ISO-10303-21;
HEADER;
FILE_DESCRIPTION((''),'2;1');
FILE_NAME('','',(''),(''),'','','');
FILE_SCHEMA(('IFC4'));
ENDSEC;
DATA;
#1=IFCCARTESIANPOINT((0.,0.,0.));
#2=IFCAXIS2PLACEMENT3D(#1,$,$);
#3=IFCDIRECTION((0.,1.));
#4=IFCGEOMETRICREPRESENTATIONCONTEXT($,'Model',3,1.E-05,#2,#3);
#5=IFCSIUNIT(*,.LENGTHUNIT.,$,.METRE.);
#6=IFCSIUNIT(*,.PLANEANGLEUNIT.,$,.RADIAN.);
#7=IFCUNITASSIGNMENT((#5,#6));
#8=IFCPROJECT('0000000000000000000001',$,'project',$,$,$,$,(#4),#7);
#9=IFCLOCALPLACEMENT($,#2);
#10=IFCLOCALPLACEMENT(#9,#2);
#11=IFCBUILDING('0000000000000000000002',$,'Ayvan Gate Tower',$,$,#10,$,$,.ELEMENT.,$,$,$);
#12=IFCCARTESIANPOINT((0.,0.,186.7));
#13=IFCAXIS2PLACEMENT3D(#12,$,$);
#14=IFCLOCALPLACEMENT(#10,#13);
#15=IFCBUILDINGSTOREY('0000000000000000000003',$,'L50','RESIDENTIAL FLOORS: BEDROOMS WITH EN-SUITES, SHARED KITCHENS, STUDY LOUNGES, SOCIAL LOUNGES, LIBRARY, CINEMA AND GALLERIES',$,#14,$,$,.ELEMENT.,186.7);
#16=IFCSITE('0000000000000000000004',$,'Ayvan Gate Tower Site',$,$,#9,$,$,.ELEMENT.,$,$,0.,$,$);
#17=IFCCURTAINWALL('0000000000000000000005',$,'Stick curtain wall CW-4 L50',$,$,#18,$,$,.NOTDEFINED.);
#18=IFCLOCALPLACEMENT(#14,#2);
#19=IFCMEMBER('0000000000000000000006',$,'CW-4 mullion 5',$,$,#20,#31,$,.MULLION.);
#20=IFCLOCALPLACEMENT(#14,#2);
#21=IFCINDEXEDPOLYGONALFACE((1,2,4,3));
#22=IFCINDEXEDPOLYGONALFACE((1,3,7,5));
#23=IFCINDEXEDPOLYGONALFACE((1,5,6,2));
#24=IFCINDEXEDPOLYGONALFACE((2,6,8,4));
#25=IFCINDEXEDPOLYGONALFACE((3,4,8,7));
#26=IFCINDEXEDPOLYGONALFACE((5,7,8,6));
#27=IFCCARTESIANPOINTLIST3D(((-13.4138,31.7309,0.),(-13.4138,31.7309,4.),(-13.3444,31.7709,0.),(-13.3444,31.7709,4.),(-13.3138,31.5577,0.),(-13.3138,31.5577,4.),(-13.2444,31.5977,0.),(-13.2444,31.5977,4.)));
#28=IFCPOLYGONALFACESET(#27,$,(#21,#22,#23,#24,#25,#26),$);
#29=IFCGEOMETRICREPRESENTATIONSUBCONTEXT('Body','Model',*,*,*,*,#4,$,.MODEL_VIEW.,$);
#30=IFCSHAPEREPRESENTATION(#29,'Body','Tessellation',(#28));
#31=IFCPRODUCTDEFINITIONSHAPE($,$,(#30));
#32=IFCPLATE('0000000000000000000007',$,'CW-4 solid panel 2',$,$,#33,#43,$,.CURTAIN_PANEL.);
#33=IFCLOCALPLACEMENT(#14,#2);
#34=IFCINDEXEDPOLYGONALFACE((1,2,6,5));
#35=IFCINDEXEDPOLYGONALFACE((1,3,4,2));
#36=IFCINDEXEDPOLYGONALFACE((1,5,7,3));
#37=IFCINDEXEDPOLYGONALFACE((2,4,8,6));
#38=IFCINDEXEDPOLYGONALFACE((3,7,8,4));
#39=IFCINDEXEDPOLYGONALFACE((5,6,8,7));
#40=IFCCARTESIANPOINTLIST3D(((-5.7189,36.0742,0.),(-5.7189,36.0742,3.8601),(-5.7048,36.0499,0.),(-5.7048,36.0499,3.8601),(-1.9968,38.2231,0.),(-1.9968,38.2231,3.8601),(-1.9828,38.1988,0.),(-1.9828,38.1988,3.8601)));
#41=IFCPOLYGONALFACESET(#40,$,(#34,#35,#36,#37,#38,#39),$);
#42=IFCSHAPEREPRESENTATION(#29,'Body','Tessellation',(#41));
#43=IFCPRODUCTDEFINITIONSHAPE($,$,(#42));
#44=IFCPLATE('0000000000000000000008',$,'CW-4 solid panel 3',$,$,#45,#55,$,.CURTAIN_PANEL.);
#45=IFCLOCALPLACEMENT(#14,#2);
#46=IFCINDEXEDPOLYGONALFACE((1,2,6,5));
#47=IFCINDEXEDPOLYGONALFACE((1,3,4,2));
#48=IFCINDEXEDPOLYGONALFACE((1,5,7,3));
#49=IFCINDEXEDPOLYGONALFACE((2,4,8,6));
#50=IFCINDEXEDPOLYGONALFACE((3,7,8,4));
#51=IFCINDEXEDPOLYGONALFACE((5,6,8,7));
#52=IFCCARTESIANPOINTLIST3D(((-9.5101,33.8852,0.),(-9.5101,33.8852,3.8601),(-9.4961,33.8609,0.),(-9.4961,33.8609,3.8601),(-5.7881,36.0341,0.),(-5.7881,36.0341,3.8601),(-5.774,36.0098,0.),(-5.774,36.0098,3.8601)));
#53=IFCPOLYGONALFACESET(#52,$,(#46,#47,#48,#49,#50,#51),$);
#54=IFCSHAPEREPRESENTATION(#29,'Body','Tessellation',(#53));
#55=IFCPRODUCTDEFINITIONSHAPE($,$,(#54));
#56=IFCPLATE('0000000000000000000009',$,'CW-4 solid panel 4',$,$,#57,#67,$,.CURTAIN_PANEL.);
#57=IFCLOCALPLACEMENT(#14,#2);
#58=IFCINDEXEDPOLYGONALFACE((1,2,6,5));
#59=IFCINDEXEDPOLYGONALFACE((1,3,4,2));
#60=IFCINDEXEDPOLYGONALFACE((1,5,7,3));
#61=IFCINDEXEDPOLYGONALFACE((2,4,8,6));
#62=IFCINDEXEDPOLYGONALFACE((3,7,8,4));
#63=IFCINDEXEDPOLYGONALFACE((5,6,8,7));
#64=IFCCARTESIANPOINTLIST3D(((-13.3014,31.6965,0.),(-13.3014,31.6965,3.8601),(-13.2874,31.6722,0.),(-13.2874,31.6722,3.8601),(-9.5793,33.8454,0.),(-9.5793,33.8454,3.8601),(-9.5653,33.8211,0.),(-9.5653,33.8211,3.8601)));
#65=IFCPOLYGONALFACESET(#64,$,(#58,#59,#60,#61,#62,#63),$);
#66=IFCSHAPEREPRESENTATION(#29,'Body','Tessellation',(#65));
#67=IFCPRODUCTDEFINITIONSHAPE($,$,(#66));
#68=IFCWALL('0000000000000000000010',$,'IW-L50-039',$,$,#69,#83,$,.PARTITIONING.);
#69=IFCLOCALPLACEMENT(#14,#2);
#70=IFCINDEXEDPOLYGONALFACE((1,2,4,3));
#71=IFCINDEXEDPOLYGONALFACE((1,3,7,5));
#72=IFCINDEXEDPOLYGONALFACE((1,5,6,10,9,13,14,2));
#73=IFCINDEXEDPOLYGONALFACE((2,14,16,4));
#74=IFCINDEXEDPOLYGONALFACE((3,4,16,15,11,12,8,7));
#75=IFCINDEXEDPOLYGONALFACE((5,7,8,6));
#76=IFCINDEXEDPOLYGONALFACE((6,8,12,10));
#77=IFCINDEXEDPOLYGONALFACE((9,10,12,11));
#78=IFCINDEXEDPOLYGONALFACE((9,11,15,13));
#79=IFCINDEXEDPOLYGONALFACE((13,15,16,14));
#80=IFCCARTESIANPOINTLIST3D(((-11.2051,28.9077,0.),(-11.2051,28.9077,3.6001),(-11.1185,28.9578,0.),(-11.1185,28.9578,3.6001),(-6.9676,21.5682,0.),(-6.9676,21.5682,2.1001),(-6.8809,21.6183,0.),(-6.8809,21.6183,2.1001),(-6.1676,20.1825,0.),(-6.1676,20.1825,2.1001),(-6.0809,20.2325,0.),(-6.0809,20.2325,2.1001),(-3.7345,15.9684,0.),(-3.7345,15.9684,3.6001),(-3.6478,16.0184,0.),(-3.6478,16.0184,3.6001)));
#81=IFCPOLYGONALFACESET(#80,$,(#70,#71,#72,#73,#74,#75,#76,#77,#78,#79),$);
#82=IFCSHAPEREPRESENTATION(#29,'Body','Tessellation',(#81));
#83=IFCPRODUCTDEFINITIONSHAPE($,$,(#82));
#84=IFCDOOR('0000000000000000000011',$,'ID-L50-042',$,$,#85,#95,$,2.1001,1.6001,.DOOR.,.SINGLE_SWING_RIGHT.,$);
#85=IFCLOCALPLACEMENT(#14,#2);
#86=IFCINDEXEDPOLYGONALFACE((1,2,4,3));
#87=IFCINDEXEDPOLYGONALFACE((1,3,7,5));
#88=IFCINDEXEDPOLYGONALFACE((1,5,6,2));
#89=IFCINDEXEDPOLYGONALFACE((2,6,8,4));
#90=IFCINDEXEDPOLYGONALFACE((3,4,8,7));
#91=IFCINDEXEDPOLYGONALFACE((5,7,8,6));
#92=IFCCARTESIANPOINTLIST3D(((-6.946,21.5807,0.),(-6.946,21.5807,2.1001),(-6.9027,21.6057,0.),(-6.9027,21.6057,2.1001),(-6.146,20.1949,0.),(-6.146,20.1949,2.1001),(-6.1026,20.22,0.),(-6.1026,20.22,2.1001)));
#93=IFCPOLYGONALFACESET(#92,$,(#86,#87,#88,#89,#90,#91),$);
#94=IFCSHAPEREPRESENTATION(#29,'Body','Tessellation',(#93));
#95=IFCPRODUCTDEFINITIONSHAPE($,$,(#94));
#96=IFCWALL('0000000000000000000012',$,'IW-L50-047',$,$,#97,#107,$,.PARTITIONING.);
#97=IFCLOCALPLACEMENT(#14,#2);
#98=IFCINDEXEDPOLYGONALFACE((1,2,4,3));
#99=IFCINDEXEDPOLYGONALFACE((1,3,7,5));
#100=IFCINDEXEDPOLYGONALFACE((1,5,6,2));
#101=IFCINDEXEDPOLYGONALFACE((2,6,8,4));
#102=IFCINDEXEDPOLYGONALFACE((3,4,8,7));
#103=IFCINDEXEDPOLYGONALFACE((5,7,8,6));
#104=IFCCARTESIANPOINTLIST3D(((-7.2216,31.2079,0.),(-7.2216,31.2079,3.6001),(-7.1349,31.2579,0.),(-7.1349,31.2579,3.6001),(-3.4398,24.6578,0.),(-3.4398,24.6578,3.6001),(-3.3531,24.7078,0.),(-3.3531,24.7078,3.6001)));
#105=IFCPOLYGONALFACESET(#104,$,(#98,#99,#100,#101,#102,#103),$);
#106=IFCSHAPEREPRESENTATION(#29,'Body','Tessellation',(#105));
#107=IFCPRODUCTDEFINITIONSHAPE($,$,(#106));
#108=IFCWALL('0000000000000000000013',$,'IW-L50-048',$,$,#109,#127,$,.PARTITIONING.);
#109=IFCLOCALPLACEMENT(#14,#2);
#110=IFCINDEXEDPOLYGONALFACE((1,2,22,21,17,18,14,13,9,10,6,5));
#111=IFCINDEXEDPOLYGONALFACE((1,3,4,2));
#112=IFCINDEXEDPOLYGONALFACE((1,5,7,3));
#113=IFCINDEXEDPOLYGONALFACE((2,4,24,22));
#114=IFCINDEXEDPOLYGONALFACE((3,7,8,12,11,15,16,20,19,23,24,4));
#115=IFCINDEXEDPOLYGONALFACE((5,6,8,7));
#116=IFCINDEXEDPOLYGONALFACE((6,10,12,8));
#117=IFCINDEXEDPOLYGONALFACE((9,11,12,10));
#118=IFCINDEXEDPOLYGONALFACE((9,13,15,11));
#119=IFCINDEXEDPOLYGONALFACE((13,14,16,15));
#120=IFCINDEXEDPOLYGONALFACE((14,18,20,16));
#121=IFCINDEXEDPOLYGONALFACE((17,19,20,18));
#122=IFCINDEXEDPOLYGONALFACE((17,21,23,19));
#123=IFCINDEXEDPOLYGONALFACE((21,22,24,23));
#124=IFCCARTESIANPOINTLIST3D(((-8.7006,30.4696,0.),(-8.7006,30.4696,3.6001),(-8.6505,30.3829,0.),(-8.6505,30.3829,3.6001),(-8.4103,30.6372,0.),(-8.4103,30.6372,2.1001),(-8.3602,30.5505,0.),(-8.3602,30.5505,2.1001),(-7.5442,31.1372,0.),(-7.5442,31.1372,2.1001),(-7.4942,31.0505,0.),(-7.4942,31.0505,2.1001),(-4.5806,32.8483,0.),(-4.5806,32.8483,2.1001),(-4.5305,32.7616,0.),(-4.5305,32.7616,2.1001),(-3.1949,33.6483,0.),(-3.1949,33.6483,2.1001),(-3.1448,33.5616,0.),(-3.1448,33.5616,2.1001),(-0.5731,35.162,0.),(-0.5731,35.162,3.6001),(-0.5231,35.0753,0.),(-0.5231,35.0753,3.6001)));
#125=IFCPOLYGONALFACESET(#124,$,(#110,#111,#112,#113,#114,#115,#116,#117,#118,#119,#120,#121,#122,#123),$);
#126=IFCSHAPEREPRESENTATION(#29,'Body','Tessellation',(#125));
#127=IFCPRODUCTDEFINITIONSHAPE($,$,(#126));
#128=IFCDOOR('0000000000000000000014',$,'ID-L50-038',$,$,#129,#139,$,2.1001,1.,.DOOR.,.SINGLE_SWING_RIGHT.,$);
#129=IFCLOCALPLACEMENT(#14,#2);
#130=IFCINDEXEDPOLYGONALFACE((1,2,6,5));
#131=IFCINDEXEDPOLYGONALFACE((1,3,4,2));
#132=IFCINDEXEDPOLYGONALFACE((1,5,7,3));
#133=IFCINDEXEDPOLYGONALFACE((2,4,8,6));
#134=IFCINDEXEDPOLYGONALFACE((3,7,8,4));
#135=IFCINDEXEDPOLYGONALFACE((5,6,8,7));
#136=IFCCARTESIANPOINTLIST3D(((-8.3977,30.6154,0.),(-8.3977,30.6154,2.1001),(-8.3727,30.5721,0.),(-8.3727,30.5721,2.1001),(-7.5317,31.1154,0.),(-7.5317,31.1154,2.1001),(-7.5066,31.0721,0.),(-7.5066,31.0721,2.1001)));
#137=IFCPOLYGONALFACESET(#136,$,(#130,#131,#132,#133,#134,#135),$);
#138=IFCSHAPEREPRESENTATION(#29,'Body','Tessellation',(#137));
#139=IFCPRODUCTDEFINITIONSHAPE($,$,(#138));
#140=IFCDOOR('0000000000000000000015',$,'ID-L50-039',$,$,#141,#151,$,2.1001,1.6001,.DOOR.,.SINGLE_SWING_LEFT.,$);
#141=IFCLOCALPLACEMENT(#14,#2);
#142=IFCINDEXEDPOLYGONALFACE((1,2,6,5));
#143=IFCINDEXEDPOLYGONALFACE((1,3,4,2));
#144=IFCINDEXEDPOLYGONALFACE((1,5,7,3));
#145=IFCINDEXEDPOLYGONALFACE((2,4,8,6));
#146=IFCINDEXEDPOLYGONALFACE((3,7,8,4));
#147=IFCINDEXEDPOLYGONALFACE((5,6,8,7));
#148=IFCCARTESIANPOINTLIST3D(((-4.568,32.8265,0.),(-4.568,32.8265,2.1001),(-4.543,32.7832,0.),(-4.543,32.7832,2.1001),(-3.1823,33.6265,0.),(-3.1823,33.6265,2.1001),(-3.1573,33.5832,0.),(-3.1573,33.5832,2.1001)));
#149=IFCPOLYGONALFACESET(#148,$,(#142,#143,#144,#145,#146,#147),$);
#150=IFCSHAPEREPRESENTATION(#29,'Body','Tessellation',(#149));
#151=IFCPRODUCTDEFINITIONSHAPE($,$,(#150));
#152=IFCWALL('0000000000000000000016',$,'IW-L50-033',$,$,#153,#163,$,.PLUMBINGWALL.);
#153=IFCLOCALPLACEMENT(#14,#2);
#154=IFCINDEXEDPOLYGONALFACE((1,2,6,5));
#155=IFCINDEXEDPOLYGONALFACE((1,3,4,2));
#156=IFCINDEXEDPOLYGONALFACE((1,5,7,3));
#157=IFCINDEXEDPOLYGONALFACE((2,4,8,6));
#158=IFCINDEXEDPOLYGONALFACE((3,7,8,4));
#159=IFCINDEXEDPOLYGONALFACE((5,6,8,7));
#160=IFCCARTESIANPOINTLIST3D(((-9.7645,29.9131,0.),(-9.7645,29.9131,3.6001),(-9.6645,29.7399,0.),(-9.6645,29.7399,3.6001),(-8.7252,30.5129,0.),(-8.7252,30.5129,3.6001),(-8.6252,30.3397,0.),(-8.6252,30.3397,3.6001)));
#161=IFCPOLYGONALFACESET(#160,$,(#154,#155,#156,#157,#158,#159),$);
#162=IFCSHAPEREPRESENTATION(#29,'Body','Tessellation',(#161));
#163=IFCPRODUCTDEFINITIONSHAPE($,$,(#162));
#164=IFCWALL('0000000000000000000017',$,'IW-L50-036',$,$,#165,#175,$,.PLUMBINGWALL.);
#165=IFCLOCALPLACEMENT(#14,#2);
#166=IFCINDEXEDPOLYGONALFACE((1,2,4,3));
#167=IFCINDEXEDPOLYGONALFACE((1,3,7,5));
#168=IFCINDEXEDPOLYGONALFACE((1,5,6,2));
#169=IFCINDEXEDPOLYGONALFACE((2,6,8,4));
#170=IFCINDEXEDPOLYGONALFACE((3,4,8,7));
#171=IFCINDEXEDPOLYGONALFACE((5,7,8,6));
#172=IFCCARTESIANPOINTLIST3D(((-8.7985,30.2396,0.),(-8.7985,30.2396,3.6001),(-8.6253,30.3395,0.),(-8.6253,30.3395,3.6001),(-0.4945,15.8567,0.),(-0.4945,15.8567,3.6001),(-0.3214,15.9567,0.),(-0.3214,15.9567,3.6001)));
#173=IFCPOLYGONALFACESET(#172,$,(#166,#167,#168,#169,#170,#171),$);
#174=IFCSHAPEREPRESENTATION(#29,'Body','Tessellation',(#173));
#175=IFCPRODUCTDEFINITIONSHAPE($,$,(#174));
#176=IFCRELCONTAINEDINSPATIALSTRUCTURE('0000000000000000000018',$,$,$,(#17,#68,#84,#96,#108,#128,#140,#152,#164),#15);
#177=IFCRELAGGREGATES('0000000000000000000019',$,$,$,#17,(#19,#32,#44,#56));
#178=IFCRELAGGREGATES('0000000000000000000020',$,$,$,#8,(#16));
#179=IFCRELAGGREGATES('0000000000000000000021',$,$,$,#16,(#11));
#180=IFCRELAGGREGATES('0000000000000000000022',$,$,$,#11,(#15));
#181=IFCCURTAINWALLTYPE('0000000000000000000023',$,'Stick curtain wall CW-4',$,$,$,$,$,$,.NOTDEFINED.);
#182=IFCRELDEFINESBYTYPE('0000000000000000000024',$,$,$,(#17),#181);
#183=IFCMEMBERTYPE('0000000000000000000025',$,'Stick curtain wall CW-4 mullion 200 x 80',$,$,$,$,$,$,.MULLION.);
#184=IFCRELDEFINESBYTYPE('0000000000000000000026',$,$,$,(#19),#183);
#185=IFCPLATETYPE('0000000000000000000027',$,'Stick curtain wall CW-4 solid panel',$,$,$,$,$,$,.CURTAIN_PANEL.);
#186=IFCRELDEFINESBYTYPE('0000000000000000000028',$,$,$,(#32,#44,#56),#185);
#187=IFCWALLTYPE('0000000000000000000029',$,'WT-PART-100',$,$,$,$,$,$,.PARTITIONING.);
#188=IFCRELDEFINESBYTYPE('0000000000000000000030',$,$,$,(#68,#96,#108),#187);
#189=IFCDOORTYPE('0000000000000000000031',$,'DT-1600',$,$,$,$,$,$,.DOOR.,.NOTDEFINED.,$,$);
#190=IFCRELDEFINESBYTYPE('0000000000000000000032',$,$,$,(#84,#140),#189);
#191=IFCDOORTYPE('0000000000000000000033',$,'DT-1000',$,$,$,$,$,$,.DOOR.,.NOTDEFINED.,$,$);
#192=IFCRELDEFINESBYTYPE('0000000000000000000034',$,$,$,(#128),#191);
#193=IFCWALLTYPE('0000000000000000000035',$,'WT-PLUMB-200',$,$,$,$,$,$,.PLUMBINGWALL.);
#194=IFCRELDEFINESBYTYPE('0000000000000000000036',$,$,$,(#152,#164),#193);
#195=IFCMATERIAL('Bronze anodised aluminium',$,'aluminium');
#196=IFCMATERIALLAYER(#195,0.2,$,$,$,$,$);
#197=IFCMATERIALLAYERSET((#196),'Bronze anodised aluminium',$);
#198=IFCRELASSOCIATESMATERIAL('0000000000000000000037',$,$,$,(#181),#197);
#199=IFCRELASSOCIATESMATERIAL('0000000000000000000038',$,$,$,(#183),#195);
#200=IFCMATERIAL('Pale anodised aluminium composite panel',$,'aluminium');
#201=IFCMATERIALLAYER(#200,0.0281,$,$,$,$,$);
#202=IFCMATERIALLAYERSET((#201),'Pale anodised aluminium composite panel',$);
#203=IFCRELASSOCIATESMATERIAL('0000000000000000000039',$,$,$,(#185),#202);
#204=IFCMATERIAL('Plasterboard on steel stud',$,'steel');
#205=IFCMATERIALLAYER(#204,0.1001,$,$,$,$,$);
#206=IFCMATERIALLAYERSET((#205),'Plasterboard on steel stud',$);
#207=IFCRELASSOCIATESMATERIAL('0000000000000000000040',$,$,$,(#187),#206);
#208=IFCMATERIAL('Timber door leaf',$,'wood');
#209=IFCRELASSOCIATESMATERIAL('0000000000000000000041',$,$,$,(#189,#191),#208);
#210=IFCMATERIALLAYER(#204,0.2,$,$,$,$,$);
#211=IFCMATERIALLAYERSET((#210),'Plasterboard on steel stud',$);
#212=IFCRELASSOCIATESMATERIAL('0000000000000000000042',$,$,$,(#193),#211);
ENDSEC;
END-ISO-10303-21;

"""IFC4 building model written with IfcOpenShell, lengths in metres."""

from ifc_helpers import new_model, si_unit, direction, frame, frame_2d, origin, origin_2d, place, context, subcontext, project, spatial, rectangle, extrude, material, layer, layer_set, material_profile, profile_set, type_object, element, fill, aggregate, save


model = new_model("IFC4")

# Units and contexts
model_context = context("Model", 3, precision=1e-05, world=origin(), true_north=direction((0.0, 1.0)))
body_context = subcontext(model_context, "Body", "Model", "MODEL_VIEW")
ifc_project = project(units=[si_unit("LENGTHUNIT", "METRE"), si_unit("PLANEANGLEUNIT", "RADIAN")], contexts=[model_context])

# Site, building, storey
site_placement = place(None, origin())
site = spatial("IfcSite", under=ifc_project, at=site_placement, Name="Ayvan Gate Tower Site", CompositionType="ELEMENT", RefElevation=0.0)
building_placement = place(site_placement, origin())
building = spatial("IfcBuilding", under=site, at=building_placement, Name="Ayvan Gate Tower", CompositionType="ELEMENT")
storey_placement = place(building_placement, frame((0.0, 0.0, 186.7)))
storey = spatial("IfcBuildingStorey", under=building, at=storey_placement, Name="L50", Description="RESIDENTIAL FLOORS: BEDROOMS WITH EN-SUITES, SHARED KITCHENS, STUDY LOUNGES, SOCIAL LOUNGES, LIBRARY, CINEMA AND GALLERIES", CompositionType="ELEMENT", Elevation=186.7)

# Curtain wall, member, plates
ifc_material_1 = material(Name="Bronze anodised aluminium", Category="aluminium")
ifc_layer_1 = layer(ifc_material_1, 0.2)
ifc_layer_set_1 = layer_set([ifc_layer_1], Name="Bronze anodised aluminium")
curtain_wall_type = type_object("IfcCurtainWallType", Name="Stick curtain wall CW-4", PredefinedType="NOTDEFINED", material=ifc_layer_set_1)
curtain_wall_placement = place(storey_placement, origin())
curtain_wall = element("IfcCurtainWall", 1, at=curtain_wall_placement, inside=storey, type_object=curtain_wall_type, Name="Stick curtain wall CW-4 L50", PredefinedType="NOTDEFINED")
ifc_material_profile_1 = material_profile(ifc_material_1, rectangle(XDim=0.2, YDim=0.0801, at=origin_2d()), Name="Stick curtain wall CW-4 mullion 200 x 80")
ifc_profile_set_1 = profile_set([ifc_material_profile_1], Name="Bronze anodised aluminium")
member_type_1 = type_object("IfcMemberType", Name="Stick curtain wall CW-4 mullion 200 x 80", PredefinedType="MULLION", material=ifc_profile_set_1)
member_1_placement = place(storey_placement, frame((-13.3291, 31.6643, 0.0), z_axis=(0.0, 0.0, 1.0), x_axis=(-0.5, 0.866025, 0.0)))
member_1 = element("IfcMember", 2, at=member_1_placement, type_object=member_type_1, Name="CW-4 mullion 5", PredefinedType="MULLION", context=body_context, shape_type="SweptSolid", body=[
    extrude(rectangle(XDim=0.2, YDim=0.0801, at=origin_2d()), origin(), (0.0, 0.0, 1.0), 4.0),
])
ifc_material_2 = material(Name="Pale anodised aluminium composite panel", Category="aluminium")
ifc_layer_2 = layer(ifc_material_2, 0.0281)
ifc_layer_set_2 = layer_set([ifc_layer_2], Name="Pale anodised aluminium composite panel")
plate_type = type_object("IfcPlateType", Name="Stick curtain wall CW-4 solid panel", PredefinedType="CURTAIN_PANEL", material=ifc_layer_set_2)
plate_1_placement = place(storey_placement, frame((-3.8508, 37.1365, 0.0), z_axis=(0.0, 0.0, 1.0), x_axis=(-0.866025, -0.5, 0.0)))
plate_1 = element("IfcPlate", 3, at=plate_1_placement, type_object=plate_type, Name="CW-4 solid panel 2", PredefinedType="CURTAIN_PANEL", context=body_context, shape_type="SweptSolid", body=[
    extrude(rectangle(XDim=4.2979, YDim=0.0281, at=origin_2d()), origin(), (0.0, 0.0, 1.0), 3.8601),
])
plate_2_placement = place(storey_placement, frame((-7.6421, 34.9475, 0.0), z_axis=(0.0, 0.0, 1.0), x_axis=(-0.866025, -0.5, 0.0)))
plate_2 = element("IfcPlate", 4, at=plate_2_placement, type_object=plate_type, Name="CW-4 solid panel 3", PredefinedType="CURTAIN_PANEL", context=body_context, shape_type="SweptSolid", body=[
    extrude(rectangle(XDim=4.2979, YDim=0.0281, at=origin_2d()), origin(), (0.0, 0.0, 1.0), 3.8601),
])
plate_3_placement = place(storey_placement, frame((-11.4333, 32.7588, 0.0), z_axis=(0.0, 0.0, 1.0), x_axis=(-0.866025, -0.5, 0.0)))
plate_3 = element("IfcPlate", 5, at=plate_3_placement, type_object=plate_type, Name="CW-4 solid panel 4", PredefinedType="CURTAIN_PANEL", context=body_context, shape_type="SweptSolid", body=[
    extrude(rectangle(XDim=4.2979, YDim=0.0281, at=origin_2d()), origin(), (0.0, 0.0, 1.0), 3.8601),
])
aggregate(curtain_wall, [member_1, plate_1, plate_2, plate_3])

# Wall, opening, door
ifc_material_3 = material(Name="Plasterboard on steel stud", Category="steel")
ifc_layer_3 = layer(ifc_material_3, 0.1001)
ifc_layer_set_3 = layer_set([ifc_layer_3], Name="Plasterboard on steel stud")
wall_type_1 = type_object("IfcWallType", Name="WT-PART-100", PredefinedType="PARTITIONING", material=ifc_layer_set_3)
wall_1_placement = place(storey_placement, frame((-11.1619, 28.9329, 0.0), z_axis=(0.0, 0.0, 1.0), x_axis=(0.500005, -0.866022, 0.0)))
wall_1 = element("IfcWall", 6, at=wall_1_placement, inside=storey, type_object=wall_type_1, Name="IW-L50-039", PredefinedType="PARTITIONING", context=body_context, shape_type="SweptSolid", body=[
    extrude(rectangle(XDim=14.9412, YDim=0.1001, at=frame_2d((7.4707, 0.0))), origin(), (0.0, 0.0, 1.0), 3.6001),
])
opening_1_placement = place(wall_1_placement, frame((8.4751, 0.0, 0.0)))
opening_1 = element("IfcOpeningElement", 7, at=opening_1_placement, cuts=wall_1, PredefinedType="OPENING", context=body_context, shape_type="SweptSolid", body=[
    extrude(rectangle(XDim=1.6001, YDim=2.1001, at=frame_2d((0.8, 1.05))), frame((0.0, 0.0601, 0.0), z_axis=(0.0, -1.0, 0.0), x_axis=(1.0, 0.0, 0.0)), (0.0, 0.0, 1.0), 0.1201),
])
ifc_material_4 = material(Name="Timber door leaf", Category="wood")
door_type_1 = type_object("IfcDoorType", Name="DT-1600", OperationType="NOTDEFINED", PredefinedType="DOOR", material=ifc_material_4)
door_1_placement = place(opening_1_placement, origin())
door_1 = element("IfcDoor", 8, at=door_1_placement, inside=storey, type_object=door_type_1, Name="ID-L50-042", OperationType="SINGLE_SWING_RIGHT", OverallHeight=2.1001, OverallWidth=1.6001, PredefinedType="DOOR", context=body_context, shape_type="SweptSolid", body=[
    extrude(rectangle(XDim=1.6001, YDim=2.1001, at=frame_2d((0.8, 1.05))), frame((0.0, 0.0249, 0.0), z_axis=(0.0, -1.0, 0.0), x_axis=(1.0, 0.0, 0.0)), (0.0, 0.0, 1.0), 0.05),
])
fill(opening_1, door_1)

# Wall
wall_2_placement = place(storey_placement, frame((-7.1782, 31.2329, 0.0), z_axis=(0.0, 0.0, 1.0), x_axis=(0.500007, -0.866022, 0.0)))
element("IfcWall", 9, at=wall_2_placement, inside=storey, type_object=wall_type_1, Name="IW-L50-047", PredefinedType="PARTITIONING", context=body_context, shape_type="SweptSolid", body=[
    extrude(rectangle(XDim=7.5635, YDim=0.1001, at=frame_2d((3.7817, 0.0))), origin(), (0.0, 0.0, 1.0), 3.6001),
])

# Wall, openings, doors
wall_3_placement = place(storey_placement, frame((-8.6755, 30.4263, 0.0), z_axis=(0.0, 0.0, 1.0), x_axis=(0.866025, 0.5, 0.0)))
wall_3 = element("IfcWall", 10, at=wall_3_placement, inside=storey, type_object=wall_type_1, Name="IW-L50-048", PredefinedType="PARTITIONING", context=body_context, shape_type="SweptSolid", body=[
    extrude(rectangle(XDim=9.3848, YDim=0.1001, at=frame_2d((4.6924, 0.0))), origin(), (0.0, 0.0, 1.0), 3.6001),
])
opening_2_placement = place(wall_3_placement, frame((0.3352, 0.0, 0.0)))
opening_2 = element("IfcOpeningElement", 11, at=opening_2_placement, cuts=wall_3, PredefinedType="OPENING", context=body_context, shape_type="SweptSolid", body=[
    extrude(rectangle(XDim=1.0, YDim=2.1001, at=frame_2d((0.5, 1.05))), frame((0.0, 0.0601, 0.0), z_axis=(0.0, -1.0, 0.0), x_axis=(1.0, 0.0, 0.0)), (0.0, 0.0, 1.0), 0.1201),
])
opening_3_placement = place(wall_3_placement, frame((4.7573, 0.0, 0.0)))
opening_3 = element("IfcOpeningElement", 12, at=opening_3_placement, cuts=wall_3, PredefinedType="OPENING", context=body_context, shape_type="SweptSolid", body=[
    extrude(rectangle(XDim=1.6001, YDim=2.1001, at=frame_2d((0.8, 1.05))), frame((0.0, 0.0601, 0.0), z_axis=(0.0, -1.0, 0.0), x_axis=(1.0, 0.0, 0.0)), (0.0, 0.0, 1.0), 0.1201),
])
door_type_2 = type_object("IfcDoorType", Name="DT-1000", OperationType="NOTDEFINED", PredefinedType="DOOR", material=ifc_material_4)
door_2_placement = place(opening_2_placement, origin())
door_2 = element("IfcDoor", 13, at=door_2_placement, inside=storey, type_object=door_type_2, Name="ID-L50-038", OperationType="SINGLE_SWING_RIGHT", OverallHeight=2.1001, OverallWidth=1.0, PredefinedType="DOOR", context=body_context, shape_type="SweptSolid", body=[
    extrude(rectangle(XDim=1.0, YDim=2.1001, at=frame_2d((0.5, 1.05))), frame((0.0, 0.0249, 0.0), z_axis=(0.0, -1.0, 0.0), x_axis=(1.0, 0.0, 0.0)), (0.0, 0.0, 1.0), 0.05),
])
fill(opening_2, door_2)
door_3_placement = place(opening_3_placement, origin())
door_3 = element("IfcDoor", 14, at=door_3_placement, inside=storey, type_object=door_type_1, Name="ID-L50-039", OperationType="SINGLE_SWING_LEFT", OverallHeight=2.1001, OverallWidth=1.6001, PredefinedType="DOOR", context=body_context, shape_type="SweptSolid", body=[
    extrude(rectangle(XDim=1.6001, YDim=2.1001, at=frame_2d((0.8, 1.05))), frame((0.0, 0.0249, 0.0), z_axis=(0.0, -1.0, 0.0), x_axis=(1.0, 0.0, 0.0)), (0.0, 0.0, 1.0), 0.05),
])
fill(opening_3, door_3)

# Walls
ifc_layer_4 = layer(ifc_material_3, 0.2)
ifc_layer_set_4 = layer_set([ifc_layer_4], Name="Plasterboard on steel stud")
wall_type_2 = type_object("IfcWallType", Name="WT-PLUMB-200", PredefinedType="PLUMBINGWALL", material=ifc_layer_set_4)
wall_4_placement = place(storey_placement, frame((-9.7146, 29.8264, 0.0), z_axis=(0.0, 0.0, 1.0), x_axis=(0.866094, 0.499881, 0.0)))
element("IfcWall", 15, at=wall_4_placement, inside=storey, type_object=wall_type_2, Name="IW-L50-033", PredefinedType="PLUMBINGWALL", context=body_context, shape_type="SweptSolid", body=[
    extrude(rectangle(XDim=1.2, YDim=0.2, at=frame_2d((0.6001, 0.0))), origin(), (0.0, 0.0, 1.0), 3.6001),
])
wall_5_placement = place(storey_placement, frame((-8.7119, 30.2896, 0.0), z_axis=(0.0, 0.0, 1.0), x_axis=(0.500002, -0.866025, 0.0)))
element("IfcWall", 16, at=wall_5_placement, inside=storey, type_object=wall_type_2, Name="IW-L50-036", PredefinedType="PLUMBINGWALL", context=body_context, shape_type="SweptSolid", body=[
    extrude(rectangle(XDim=16.6079, YDim=0.2, at=frame_2d((8.304, 0.0))), origin(), (0.0, 0.0, 1.0), 3.6001),
])

save(model, "model.ifc")
